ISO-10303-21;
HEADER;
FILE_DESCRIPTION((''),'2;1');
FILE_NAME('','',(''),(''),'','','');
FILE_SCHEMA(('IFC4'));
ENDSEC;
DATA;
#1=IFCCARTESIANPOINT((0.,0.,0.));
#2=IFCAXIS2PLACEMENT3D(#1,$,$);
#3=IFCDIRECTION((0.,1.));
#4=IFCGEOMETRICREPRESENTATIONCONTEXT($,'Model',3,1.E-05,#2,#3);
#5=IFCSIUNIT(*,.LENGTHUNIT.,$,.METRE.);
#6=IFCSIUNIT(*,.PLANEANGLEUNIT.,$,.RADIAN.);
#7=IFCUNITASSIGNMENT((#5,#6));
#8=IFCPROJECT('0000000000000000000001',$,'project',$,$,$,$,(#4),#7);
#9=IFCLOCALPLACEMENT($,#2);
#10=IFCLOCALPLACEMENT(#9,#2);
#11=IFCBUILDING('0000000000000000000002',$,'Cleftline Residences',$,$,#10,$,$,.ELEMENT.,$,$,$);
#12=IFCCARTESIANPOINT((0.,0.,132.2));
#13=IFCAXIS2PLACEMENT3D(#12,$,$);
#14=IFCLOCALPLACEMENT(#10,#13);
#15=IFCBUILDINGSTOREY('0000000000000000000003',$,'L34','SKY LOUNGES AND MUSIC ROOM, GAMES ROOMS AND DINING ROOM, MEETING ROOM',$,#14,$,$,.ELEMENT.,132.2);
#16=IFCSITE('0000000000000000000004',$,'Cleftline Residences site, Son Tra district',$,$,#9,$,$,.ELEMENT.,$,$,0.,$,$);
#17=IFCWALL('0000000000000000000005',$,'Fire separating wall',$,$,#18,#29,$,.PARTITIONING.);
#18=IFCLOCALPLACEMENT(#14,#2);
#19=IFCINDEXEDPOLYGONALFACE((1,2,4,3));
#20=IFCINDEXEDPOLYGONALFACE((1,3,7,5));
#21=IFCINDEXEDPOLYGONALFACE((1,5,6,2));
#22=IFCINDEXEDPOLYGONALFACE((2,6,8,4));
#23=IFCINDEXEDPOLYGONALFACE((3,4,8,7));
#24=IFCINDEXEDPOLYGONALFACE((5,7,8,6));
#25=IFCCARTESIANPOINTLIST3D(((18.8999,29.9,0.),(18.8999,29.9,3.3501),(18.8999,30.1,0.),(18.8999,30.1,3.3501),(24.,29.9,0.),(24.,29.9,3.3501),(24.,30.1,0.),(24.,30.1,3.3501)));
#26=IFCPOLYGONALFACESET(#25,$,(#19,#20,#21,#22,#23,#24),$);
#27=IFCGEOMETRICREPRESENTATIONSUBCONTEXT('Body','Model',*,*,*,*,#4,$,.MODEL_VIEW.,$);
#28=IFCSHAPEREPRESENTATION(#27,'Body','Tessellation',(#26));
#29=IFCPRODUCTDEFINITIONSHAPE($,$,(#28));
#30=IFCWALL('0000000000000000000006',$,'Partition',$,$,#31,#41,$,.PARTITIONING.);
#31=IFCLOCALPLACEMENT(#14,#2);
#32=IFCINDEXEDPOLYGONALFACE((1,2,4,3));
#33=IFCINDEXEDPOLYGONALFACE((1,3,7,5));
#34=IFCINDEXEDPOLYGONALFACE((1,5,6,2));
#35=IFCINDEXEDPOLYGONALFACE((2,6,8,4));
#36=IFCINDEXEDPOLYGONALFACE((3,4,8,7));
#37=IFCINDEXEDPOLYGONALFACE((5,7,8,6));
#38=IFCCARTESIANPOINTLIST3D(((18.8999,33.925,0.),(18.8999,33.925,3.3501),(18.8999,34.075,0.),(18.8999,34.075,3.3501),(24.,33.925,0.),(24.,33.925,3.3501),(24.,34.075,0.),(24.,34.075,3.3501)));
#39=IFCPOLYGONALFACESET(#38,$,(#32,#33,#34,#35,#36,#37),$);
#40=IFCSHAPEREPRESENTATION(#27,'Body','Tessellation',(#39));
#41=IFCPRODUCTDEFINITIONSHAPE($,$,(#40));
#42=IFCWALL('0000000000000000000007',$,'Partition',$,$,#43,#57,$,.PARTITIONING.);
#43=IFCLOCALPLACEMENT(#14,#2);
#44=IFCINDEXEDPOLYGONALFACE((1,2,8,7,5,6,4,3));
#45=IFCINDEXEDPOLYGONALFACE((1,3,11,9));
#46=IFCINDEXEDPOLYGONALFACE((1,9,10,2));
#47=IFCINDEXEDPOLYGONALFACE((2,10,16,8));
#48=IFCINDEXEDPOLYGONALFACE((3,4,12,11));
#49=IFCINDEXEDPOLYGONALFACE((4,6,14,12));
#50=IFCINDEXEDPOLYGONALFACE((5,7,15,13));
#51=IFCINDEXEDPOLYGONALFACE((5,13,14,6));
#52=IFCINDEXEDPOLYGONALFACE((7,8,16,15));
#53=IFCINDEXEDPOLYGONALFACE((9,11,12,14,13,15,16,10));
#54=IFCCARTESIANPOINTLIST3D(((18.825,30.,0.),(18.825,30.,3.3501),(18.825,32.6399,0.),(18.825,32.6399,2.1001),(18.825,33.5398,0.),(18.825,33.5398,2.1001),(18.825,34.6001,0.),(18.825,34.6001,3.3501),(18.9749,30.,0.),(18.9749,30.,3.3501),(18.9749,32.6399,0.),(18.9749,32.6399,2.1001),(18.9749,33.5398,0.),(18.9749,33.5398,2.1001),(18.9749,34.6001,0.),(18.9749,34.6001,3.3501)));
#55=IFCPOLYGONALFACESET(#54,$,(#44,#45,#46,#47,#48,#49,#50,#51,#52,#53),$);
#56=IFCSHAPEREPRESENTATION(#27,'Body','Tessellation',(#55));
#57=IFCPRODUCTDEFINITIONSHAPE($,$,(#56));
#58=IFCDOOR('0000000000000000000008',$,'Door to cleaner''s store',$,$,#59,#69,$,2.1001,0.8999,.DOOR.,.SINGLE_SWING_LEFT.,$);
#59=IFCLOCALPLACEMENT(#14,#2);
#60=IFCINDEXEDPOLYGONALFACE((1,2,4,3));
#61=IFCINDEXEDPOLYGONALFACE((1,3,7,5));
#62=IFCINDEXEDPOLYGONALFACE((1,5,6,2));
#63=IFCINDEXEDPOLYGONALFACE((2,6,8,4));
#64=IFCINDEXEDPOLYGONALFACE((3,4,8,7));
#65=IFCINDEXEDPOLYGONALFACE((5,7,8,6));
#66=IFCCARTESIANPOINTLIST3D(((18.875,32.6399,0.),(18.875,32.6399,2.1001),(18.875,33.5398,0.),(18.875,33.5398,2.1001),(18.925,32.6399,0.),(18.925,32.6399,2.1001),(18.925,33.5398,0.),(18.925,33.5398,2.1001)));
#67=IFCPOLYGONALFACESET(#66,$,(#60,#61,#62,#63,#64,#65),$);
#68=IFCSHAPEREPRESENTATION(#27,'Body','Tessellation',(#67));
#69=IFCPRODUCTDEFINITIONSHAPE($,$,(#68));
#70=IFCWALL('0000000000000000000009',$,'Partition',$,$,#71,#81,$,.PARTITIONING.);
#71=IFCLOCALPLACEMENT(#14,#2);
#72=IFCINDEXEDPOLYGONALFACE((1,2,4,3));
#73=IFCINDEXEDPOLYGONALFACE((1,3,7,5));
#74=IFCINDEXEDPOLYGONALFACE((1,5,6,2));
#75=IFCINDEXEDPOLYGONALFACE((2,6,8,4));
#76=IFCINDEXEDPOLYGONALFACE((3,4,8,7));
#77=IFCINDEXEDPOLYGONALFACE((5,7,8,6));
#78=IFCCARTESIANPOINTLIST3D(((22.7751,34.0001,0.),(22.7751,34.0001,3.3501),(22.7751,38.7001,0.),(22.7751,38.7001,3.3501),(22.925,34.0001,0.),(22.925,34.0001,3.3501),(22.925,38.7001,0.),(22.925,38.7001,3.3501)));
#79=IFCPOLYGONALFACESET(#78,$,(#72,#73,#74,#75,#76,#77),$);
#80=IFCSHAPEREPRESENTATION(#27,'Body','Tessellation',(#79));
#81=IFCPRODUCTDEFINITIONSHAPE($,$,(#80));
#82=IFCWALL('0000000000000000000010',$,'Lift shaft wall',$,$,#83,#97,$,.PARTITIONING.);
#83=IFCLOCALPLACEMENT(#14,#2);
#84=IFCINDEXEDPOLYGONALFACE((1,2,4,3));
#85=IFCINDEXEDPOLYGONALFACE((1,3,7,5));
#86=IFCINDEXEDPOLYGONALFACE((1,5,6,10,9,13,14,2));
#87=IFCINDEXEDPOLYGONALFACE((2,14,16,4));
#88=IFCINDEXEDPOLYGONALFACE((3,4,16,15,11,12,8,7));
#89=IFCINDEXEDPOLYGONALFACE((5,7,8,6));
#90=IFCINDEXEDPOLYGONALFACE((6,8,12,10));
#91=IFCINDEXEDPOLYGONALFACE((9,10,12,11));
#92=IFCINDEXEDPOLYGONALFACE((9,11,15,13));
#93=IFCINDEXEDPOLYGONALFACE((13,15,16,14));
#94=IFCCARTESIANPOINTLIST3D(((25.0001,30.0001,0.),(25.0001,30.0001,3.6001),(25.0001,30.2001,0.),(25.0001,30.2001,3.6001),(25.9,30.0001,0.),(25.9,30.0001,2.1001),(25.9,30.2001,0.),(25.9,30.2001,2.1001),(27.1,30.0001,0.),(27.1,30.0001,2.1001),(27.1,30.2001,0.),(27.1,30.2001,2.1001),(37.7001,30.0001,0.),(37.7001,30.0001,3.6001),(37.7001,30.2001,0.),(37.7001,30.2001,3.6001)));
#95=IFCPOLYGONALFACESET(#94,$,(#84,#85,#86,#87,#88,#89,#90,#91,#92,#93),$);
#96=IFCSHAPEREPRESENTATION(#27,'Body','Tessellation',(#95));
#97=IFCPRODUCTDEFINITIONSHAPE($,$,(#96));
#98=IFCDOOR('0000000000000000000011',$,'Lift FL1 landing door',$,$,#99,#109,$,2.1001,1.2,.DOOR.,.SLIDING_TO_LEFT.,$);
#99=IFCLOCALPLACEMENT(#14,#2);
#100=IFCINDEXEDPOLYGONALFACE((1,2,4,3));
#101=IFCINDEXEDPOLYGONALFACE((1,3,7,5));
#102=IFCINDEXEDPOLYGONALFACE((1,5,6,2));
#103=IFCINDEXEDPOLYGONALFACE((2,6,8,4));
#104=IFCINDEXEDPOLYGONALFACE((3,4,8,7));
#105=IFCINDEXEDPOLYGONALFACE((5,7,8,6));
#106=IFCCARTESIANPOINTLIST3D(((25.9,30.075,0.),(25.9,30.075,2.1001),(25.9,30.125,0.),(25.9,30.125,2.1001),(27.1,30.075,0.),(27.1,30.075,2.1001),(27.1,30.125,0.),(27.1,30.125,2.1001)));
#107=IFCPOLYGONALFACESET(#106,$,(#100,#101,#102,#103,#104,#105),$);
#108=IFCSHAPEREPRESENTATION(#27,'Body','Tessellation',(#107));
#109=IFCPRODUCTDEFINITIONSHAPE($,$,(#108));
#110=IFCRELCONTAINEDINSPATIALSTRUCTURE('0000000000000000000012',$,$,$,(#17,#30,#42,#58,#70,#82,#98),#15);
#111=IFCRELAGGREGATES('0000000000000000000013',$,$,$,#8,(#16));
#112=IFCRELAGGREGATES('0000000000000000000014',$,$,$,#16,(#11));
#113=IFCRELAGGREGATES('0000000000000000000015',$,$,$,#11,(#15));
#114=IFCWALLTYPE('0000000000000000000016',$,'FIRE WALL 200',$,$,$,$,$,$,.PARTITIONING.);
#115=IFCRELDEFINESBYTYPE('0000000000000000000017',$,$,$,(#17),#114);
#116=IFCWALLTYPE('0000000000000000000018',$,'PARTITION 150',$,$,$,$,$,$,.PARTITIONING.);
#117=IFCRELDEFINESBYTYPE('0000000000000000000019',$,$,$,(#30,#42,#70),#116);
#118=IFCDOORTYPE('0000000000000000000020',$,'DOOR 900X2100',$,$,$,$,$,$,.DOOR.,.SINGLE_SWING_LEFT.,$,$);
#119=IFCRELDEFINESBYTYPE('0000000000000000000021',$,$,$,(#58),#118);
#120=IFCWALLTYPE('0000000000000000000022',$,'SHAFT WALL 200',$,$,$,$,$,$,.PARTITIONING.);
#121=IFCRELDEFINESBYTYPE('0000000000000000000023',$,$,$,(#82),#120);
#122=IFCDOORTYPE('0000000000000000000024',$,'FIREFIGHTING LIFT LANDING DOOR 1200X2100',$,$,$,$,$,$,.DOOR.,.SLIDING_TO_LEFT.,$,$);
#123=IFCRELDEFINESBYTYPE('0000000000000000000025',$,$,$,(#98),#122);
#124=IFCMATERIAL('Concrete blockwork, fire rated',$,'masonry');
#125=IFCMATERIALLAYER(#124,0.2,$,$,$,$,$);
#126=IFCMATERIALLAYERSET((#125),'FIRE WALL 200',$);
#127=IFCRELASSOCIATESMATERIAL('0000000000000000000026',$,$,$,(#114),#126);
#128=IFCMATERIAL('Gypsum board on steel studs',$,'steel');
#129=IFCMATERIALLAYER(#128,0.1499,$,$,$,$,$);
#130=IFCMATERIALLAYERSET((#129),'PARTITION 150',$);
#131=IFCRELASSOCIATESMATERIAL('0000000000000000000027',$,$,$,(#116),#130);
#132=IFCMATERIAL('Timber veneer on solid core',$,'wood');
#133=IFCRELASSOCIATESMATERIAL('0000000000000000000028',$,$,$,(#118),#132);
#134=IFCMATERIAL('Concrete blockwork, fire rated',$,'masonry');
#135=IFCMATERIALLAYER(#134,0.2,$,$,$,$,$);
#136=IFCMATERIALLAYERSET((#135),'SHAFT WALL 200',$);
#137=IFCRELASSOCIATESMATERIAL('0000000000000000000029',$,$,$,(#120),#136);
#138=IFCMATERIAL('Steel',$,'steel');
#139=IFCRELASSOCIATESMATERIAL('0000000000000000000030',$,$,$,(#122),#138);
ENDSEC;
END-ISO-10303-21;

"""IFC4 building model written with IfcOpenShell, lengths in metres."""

from ifc_helpers import new_model, si_unit, direction, frame, frame_2d, origin, place, context, subcontext, project, spatial, rectangle, extrude, material, layer, layer_set, type_object, element, fill, save


model = new_model("IFC4")

# Units and contexts
model_context = context("Model", 3, precision=1e-05, world=origin(), true_north=direction((0.0, 1.0)))
body_context = subcontext(model_context, "Body", "Model", "MODEL_VIEW")
ifc_project = project(units=[si_unit("LENGTHUNIT", "METRE"), si_unit("PLANEANGLEUNIT", "RADIAN")], contexts=[model_context])

# Site, building, storey
site_placement = place(None, origin())
site = spatial("IfcSite", under=ifc_project, at=site_placement, Name="Cleftline Residences site, Son Tra district", CompositionType="ELEMENT", RefElevation=0.0)
building_placement = place(site_placement, origin())
building = spatial("IfcBuilding", under=site, at=building_placement, Name="Cleftline Residences", CompositionType="ELEMENT")
storey_placement = place(building_placement, frame((0.0, 0.0, 132.2)))
storey = spatial("IfcBuildingStorey", under=building, at=storey_placement, Name="L34", Description="SKY LOUNGES AND MUSIC ROOM, GAMES ROOMS AND DINING ROOM, MEETING ROOM", CompositionType="ELEMENT", Elevation=132.2)

# Walls
ifc_material_1 = material(Name="Concrete blockwork, fire rated", Category="masonry")
ifc_layer_1 = layer(ifc_material_1, 0.2)
ifc_layer_set_1 = layer_set([ifc_layer_1], Name="FIRE WALL 200")
wall_type_1 = type_object("IfcWallType", Name="FIRE WALL 200", PredefinedType="PARTITIONING", material=ifc_layer_set_1)
wall_1_placement = place(storey_placement, frame((18.8999, 30.0, 0.0), z_axis=(0.0, 0.0, 1.0), x_axis=(1.0, 0.0, 0.0)))
element("IfcWall", 1, at=wall_1_placement, inside=storey, type_object=wall_type_1, Name="Fire separating wall", PredefinedType="PARTITIONING", context=body_context, shape_type="SweptSolid", body=[
    extrude(rectangle(XDim=5.1001, YDim=0.2, at=frame_2d((2.55, 0.0))), origin(), (0.0, 0.0, 1.0), 3.3501),
])
ifc_material_2 = material(Name="Gypsum board on steel studs", Category="steel")
ifc_layer_2 = layer(ifc_material_2, 0.1499)
ifc_layer_set_2 = layer_set([ifc_layer_2], Name="PARTITION 150")
wall_type_2 = type_object("IfcWallType", Name="PARTITION 150", PredefinedType="PARTITIONING", material=ifc_layer_set_2)
wall_2_placement = place(storey_placement, frame((18.8999, 34.0, 0.0), z_axis=(0.0, 0.0, 1.0), x_axis=(1.0, 0.0, 0.0)))
element("IfcWall", 2, at=wall_2_placement, inside=storey, type_object=wall_type_2, Name="Partition", PredefinedType="PARTITIONING", context=body_context, shape_type="SweptSolid", body=[
    extrude(rectangle(XDim=5.1001, YDim=0.1499, at=frame_2d((2.55, 0.0))), origin(), (0.0, 0.0, 1.0), 3.3501),
])

# Wall, opening, door
wall_3_placement = place(storey_placement, frame((18.8999, 30.0, 0.0), z_axis=(0.0, 0.0, 1.0), x_axis=(0.0, 1.0, 0.0)))
wall_3 = element("IfcWall", 3, at=wall_3_placement, inside=storey, type_object=wall_type_2, Name="Partition", PredefinedType="PARTITIONING", context=body_context, shape_type="SweptSolid", body=[
    extrude(rectangle(XDim=4.6001, YDim=0.1499, at=frame_2d((2.3, 0.0))), origin(), (0.0, 0.0, 1.0), 3.3501),
])
opening_1_placement = place(wall_3_placement, frame((2.6399, 0.0, 0.0)))
opening_1 = element("IfcOpeningElement", 4, at=opening_1_placement, cuts=wall_3, PredefinedType="OPENING", context=body_context, shape_type="SweptSolid", body=[
    extrude(rectangle(XDim=0.8999, YDim=2.1001, at=frame_2d((0.45, 1.05))), frame((0.0, 0.085, 0.0), z_axis=(0.0, -1.0, 0.0), x_axis=(1.0, 0.0, 0.0)), (0.0, 0.0, 1.0), 0.1699),
])
ifc_material_3 = material(Name="Timber veneer on solid core", Category="wood")
door_type_1 = type_object("IfcDoorType", Name="DOOR 900X2100", OperationType="SINGLE_SWING_LEFT", PredefinedType="DOOR", material=ifc_material_3)
door_1_placement = place(opening_1_placement, origin())
door_1 = element("IfcDoor", 5, at=door_1_placement, inside=storey, type_object=door_type_1, Name="Door to cleaner's store", OperationType="SINGLE_SWING_LEFT", OverallHeight=2.1001, OverallWidth=0.8999, PredefinedType="DOOR", context=body_context, shape_type="SweptSolid", body=[
    extrude(rectangle(XDim=0.8999, YDim=2.1001, at=frame_2d((0.45, 1.05))), frame((0.0, 0.0249, 0.0), z_axis=(0.0, -1.0, 0.0), x_axis=(1.0, 0.0, 0.0)), (0.0, 0.0, 1.0), 0.05),
])
fill(opening_1, door_1)

# Wall
wall_4_placement = place(storey_placement, frame((22.8501, 34.0, 0.0), z_axis=(0.0, 0.0, 1.0), x_axis=(0.0, 1.0, 0.0)))
element("IfcWall", 6, at=wall_4_placement, inside=storey, type_object=wall_type_2, Name="Partition", PredefinedType="PARTITIONING", context=body_context, shape_type="SweptSolid", body=[
    extrude(rectangle(XDim=4.7, YDim=0.1499, at=frame_2d((2.3501, 0.0))), origin(), (0.0, 0.0, 1.0), 3.3501),
])

# Wall, opening, door
ifc_material_4 = material(Name="Concrete blockwork, fire rated", Category="masonry")
ifc_layer_3 = layer(ifc_material_4, 0.2)
ifc_layer_set_3 = layer_set([ifc_layer_3], Name="SHAFT WALL 200")
wall_type_3 = type_object("IfcWallType", Name="SHAFT WALL 200", PredefinedType="PARTITIONING", material=ifc_layer_set_3)
wall_5_placement = place(storey_placement, frame((25.0, 30.1001, 0.0), z_axis=(0.0, 0.0, 1.0), x_axis=(1.0, 0.0, 0.0)))
wall_5 = element("IfcWall", 7, at=wall_5_placement, inside=storey, type_object=wall_type_3, Name="Lift shaft wall", PredefinedType="PARTITIONING", context=body_context, shape_type="SweptSolid", body=[
    extrude(rectangle(XDim=12.7, YDim=0.2, at=frame_2d((6.3501, 0.0))), origin(), (0.0, 0.0, 1.0), 3.6001),
])
opening_2_placement = place(wall_5_placement, frame((0.8999, 0.0, 0.0)))
opening_2 = element("IfcOpeningElement", 8, at=opening_2_placement, cuts=wall_5, PredefinedType="OPENING", context=body_context, shape_type="SweptSolid", body=[
    extrude(rectangle(XDim=1.2, YDim=2.1001, at=frame_2d((0.6001, 1.05))), frame((0.0, 0.1099, 0.0), z_axis=(0.0, -1.0, 0.0), x_axis=(1.0, 0.0, 0.0)), (0.0, 0.0, 1.0), 0.22),
])
ifc_material_5 = material(Name="Steel", Category="steel")
door_type_2 = type_object("IfcDoorType", Name="FIREFIGHTING LIFT LANDING DOOR 1200X2100", OperationType="SLIDING_TO_LEFT", PredefinedType="DOOR", material=ifc_material_5)
door_2_placement = place(opening_2_placement, origin())
door_2 = element("IfcDoor", 9, at=door_2_placement, inside=storey, type_object=door_type_2, Name="Lift FL1 landing door", OperationType="SLIDING_TO_LEFT", OverallHeight=2.1001, OverallWidth=1.2, PredefinedType="DOOR", context=body_context, shape_type="SweptSolid", body=[
    extrude(rectangle(XDim=1.2, YDim=2.1001, at=frame_2d((0.6001, 1.05))), frame((0.0, 0.0249, 0.0), z_axis=(0.0, -1.0, 0.0), x_axis=(1.0, 0.0, 0.0)), (0.0, 0.0, 1.0), 0.05),
])
fill(opening_2, door_2)

save(model, "model.ifc")
